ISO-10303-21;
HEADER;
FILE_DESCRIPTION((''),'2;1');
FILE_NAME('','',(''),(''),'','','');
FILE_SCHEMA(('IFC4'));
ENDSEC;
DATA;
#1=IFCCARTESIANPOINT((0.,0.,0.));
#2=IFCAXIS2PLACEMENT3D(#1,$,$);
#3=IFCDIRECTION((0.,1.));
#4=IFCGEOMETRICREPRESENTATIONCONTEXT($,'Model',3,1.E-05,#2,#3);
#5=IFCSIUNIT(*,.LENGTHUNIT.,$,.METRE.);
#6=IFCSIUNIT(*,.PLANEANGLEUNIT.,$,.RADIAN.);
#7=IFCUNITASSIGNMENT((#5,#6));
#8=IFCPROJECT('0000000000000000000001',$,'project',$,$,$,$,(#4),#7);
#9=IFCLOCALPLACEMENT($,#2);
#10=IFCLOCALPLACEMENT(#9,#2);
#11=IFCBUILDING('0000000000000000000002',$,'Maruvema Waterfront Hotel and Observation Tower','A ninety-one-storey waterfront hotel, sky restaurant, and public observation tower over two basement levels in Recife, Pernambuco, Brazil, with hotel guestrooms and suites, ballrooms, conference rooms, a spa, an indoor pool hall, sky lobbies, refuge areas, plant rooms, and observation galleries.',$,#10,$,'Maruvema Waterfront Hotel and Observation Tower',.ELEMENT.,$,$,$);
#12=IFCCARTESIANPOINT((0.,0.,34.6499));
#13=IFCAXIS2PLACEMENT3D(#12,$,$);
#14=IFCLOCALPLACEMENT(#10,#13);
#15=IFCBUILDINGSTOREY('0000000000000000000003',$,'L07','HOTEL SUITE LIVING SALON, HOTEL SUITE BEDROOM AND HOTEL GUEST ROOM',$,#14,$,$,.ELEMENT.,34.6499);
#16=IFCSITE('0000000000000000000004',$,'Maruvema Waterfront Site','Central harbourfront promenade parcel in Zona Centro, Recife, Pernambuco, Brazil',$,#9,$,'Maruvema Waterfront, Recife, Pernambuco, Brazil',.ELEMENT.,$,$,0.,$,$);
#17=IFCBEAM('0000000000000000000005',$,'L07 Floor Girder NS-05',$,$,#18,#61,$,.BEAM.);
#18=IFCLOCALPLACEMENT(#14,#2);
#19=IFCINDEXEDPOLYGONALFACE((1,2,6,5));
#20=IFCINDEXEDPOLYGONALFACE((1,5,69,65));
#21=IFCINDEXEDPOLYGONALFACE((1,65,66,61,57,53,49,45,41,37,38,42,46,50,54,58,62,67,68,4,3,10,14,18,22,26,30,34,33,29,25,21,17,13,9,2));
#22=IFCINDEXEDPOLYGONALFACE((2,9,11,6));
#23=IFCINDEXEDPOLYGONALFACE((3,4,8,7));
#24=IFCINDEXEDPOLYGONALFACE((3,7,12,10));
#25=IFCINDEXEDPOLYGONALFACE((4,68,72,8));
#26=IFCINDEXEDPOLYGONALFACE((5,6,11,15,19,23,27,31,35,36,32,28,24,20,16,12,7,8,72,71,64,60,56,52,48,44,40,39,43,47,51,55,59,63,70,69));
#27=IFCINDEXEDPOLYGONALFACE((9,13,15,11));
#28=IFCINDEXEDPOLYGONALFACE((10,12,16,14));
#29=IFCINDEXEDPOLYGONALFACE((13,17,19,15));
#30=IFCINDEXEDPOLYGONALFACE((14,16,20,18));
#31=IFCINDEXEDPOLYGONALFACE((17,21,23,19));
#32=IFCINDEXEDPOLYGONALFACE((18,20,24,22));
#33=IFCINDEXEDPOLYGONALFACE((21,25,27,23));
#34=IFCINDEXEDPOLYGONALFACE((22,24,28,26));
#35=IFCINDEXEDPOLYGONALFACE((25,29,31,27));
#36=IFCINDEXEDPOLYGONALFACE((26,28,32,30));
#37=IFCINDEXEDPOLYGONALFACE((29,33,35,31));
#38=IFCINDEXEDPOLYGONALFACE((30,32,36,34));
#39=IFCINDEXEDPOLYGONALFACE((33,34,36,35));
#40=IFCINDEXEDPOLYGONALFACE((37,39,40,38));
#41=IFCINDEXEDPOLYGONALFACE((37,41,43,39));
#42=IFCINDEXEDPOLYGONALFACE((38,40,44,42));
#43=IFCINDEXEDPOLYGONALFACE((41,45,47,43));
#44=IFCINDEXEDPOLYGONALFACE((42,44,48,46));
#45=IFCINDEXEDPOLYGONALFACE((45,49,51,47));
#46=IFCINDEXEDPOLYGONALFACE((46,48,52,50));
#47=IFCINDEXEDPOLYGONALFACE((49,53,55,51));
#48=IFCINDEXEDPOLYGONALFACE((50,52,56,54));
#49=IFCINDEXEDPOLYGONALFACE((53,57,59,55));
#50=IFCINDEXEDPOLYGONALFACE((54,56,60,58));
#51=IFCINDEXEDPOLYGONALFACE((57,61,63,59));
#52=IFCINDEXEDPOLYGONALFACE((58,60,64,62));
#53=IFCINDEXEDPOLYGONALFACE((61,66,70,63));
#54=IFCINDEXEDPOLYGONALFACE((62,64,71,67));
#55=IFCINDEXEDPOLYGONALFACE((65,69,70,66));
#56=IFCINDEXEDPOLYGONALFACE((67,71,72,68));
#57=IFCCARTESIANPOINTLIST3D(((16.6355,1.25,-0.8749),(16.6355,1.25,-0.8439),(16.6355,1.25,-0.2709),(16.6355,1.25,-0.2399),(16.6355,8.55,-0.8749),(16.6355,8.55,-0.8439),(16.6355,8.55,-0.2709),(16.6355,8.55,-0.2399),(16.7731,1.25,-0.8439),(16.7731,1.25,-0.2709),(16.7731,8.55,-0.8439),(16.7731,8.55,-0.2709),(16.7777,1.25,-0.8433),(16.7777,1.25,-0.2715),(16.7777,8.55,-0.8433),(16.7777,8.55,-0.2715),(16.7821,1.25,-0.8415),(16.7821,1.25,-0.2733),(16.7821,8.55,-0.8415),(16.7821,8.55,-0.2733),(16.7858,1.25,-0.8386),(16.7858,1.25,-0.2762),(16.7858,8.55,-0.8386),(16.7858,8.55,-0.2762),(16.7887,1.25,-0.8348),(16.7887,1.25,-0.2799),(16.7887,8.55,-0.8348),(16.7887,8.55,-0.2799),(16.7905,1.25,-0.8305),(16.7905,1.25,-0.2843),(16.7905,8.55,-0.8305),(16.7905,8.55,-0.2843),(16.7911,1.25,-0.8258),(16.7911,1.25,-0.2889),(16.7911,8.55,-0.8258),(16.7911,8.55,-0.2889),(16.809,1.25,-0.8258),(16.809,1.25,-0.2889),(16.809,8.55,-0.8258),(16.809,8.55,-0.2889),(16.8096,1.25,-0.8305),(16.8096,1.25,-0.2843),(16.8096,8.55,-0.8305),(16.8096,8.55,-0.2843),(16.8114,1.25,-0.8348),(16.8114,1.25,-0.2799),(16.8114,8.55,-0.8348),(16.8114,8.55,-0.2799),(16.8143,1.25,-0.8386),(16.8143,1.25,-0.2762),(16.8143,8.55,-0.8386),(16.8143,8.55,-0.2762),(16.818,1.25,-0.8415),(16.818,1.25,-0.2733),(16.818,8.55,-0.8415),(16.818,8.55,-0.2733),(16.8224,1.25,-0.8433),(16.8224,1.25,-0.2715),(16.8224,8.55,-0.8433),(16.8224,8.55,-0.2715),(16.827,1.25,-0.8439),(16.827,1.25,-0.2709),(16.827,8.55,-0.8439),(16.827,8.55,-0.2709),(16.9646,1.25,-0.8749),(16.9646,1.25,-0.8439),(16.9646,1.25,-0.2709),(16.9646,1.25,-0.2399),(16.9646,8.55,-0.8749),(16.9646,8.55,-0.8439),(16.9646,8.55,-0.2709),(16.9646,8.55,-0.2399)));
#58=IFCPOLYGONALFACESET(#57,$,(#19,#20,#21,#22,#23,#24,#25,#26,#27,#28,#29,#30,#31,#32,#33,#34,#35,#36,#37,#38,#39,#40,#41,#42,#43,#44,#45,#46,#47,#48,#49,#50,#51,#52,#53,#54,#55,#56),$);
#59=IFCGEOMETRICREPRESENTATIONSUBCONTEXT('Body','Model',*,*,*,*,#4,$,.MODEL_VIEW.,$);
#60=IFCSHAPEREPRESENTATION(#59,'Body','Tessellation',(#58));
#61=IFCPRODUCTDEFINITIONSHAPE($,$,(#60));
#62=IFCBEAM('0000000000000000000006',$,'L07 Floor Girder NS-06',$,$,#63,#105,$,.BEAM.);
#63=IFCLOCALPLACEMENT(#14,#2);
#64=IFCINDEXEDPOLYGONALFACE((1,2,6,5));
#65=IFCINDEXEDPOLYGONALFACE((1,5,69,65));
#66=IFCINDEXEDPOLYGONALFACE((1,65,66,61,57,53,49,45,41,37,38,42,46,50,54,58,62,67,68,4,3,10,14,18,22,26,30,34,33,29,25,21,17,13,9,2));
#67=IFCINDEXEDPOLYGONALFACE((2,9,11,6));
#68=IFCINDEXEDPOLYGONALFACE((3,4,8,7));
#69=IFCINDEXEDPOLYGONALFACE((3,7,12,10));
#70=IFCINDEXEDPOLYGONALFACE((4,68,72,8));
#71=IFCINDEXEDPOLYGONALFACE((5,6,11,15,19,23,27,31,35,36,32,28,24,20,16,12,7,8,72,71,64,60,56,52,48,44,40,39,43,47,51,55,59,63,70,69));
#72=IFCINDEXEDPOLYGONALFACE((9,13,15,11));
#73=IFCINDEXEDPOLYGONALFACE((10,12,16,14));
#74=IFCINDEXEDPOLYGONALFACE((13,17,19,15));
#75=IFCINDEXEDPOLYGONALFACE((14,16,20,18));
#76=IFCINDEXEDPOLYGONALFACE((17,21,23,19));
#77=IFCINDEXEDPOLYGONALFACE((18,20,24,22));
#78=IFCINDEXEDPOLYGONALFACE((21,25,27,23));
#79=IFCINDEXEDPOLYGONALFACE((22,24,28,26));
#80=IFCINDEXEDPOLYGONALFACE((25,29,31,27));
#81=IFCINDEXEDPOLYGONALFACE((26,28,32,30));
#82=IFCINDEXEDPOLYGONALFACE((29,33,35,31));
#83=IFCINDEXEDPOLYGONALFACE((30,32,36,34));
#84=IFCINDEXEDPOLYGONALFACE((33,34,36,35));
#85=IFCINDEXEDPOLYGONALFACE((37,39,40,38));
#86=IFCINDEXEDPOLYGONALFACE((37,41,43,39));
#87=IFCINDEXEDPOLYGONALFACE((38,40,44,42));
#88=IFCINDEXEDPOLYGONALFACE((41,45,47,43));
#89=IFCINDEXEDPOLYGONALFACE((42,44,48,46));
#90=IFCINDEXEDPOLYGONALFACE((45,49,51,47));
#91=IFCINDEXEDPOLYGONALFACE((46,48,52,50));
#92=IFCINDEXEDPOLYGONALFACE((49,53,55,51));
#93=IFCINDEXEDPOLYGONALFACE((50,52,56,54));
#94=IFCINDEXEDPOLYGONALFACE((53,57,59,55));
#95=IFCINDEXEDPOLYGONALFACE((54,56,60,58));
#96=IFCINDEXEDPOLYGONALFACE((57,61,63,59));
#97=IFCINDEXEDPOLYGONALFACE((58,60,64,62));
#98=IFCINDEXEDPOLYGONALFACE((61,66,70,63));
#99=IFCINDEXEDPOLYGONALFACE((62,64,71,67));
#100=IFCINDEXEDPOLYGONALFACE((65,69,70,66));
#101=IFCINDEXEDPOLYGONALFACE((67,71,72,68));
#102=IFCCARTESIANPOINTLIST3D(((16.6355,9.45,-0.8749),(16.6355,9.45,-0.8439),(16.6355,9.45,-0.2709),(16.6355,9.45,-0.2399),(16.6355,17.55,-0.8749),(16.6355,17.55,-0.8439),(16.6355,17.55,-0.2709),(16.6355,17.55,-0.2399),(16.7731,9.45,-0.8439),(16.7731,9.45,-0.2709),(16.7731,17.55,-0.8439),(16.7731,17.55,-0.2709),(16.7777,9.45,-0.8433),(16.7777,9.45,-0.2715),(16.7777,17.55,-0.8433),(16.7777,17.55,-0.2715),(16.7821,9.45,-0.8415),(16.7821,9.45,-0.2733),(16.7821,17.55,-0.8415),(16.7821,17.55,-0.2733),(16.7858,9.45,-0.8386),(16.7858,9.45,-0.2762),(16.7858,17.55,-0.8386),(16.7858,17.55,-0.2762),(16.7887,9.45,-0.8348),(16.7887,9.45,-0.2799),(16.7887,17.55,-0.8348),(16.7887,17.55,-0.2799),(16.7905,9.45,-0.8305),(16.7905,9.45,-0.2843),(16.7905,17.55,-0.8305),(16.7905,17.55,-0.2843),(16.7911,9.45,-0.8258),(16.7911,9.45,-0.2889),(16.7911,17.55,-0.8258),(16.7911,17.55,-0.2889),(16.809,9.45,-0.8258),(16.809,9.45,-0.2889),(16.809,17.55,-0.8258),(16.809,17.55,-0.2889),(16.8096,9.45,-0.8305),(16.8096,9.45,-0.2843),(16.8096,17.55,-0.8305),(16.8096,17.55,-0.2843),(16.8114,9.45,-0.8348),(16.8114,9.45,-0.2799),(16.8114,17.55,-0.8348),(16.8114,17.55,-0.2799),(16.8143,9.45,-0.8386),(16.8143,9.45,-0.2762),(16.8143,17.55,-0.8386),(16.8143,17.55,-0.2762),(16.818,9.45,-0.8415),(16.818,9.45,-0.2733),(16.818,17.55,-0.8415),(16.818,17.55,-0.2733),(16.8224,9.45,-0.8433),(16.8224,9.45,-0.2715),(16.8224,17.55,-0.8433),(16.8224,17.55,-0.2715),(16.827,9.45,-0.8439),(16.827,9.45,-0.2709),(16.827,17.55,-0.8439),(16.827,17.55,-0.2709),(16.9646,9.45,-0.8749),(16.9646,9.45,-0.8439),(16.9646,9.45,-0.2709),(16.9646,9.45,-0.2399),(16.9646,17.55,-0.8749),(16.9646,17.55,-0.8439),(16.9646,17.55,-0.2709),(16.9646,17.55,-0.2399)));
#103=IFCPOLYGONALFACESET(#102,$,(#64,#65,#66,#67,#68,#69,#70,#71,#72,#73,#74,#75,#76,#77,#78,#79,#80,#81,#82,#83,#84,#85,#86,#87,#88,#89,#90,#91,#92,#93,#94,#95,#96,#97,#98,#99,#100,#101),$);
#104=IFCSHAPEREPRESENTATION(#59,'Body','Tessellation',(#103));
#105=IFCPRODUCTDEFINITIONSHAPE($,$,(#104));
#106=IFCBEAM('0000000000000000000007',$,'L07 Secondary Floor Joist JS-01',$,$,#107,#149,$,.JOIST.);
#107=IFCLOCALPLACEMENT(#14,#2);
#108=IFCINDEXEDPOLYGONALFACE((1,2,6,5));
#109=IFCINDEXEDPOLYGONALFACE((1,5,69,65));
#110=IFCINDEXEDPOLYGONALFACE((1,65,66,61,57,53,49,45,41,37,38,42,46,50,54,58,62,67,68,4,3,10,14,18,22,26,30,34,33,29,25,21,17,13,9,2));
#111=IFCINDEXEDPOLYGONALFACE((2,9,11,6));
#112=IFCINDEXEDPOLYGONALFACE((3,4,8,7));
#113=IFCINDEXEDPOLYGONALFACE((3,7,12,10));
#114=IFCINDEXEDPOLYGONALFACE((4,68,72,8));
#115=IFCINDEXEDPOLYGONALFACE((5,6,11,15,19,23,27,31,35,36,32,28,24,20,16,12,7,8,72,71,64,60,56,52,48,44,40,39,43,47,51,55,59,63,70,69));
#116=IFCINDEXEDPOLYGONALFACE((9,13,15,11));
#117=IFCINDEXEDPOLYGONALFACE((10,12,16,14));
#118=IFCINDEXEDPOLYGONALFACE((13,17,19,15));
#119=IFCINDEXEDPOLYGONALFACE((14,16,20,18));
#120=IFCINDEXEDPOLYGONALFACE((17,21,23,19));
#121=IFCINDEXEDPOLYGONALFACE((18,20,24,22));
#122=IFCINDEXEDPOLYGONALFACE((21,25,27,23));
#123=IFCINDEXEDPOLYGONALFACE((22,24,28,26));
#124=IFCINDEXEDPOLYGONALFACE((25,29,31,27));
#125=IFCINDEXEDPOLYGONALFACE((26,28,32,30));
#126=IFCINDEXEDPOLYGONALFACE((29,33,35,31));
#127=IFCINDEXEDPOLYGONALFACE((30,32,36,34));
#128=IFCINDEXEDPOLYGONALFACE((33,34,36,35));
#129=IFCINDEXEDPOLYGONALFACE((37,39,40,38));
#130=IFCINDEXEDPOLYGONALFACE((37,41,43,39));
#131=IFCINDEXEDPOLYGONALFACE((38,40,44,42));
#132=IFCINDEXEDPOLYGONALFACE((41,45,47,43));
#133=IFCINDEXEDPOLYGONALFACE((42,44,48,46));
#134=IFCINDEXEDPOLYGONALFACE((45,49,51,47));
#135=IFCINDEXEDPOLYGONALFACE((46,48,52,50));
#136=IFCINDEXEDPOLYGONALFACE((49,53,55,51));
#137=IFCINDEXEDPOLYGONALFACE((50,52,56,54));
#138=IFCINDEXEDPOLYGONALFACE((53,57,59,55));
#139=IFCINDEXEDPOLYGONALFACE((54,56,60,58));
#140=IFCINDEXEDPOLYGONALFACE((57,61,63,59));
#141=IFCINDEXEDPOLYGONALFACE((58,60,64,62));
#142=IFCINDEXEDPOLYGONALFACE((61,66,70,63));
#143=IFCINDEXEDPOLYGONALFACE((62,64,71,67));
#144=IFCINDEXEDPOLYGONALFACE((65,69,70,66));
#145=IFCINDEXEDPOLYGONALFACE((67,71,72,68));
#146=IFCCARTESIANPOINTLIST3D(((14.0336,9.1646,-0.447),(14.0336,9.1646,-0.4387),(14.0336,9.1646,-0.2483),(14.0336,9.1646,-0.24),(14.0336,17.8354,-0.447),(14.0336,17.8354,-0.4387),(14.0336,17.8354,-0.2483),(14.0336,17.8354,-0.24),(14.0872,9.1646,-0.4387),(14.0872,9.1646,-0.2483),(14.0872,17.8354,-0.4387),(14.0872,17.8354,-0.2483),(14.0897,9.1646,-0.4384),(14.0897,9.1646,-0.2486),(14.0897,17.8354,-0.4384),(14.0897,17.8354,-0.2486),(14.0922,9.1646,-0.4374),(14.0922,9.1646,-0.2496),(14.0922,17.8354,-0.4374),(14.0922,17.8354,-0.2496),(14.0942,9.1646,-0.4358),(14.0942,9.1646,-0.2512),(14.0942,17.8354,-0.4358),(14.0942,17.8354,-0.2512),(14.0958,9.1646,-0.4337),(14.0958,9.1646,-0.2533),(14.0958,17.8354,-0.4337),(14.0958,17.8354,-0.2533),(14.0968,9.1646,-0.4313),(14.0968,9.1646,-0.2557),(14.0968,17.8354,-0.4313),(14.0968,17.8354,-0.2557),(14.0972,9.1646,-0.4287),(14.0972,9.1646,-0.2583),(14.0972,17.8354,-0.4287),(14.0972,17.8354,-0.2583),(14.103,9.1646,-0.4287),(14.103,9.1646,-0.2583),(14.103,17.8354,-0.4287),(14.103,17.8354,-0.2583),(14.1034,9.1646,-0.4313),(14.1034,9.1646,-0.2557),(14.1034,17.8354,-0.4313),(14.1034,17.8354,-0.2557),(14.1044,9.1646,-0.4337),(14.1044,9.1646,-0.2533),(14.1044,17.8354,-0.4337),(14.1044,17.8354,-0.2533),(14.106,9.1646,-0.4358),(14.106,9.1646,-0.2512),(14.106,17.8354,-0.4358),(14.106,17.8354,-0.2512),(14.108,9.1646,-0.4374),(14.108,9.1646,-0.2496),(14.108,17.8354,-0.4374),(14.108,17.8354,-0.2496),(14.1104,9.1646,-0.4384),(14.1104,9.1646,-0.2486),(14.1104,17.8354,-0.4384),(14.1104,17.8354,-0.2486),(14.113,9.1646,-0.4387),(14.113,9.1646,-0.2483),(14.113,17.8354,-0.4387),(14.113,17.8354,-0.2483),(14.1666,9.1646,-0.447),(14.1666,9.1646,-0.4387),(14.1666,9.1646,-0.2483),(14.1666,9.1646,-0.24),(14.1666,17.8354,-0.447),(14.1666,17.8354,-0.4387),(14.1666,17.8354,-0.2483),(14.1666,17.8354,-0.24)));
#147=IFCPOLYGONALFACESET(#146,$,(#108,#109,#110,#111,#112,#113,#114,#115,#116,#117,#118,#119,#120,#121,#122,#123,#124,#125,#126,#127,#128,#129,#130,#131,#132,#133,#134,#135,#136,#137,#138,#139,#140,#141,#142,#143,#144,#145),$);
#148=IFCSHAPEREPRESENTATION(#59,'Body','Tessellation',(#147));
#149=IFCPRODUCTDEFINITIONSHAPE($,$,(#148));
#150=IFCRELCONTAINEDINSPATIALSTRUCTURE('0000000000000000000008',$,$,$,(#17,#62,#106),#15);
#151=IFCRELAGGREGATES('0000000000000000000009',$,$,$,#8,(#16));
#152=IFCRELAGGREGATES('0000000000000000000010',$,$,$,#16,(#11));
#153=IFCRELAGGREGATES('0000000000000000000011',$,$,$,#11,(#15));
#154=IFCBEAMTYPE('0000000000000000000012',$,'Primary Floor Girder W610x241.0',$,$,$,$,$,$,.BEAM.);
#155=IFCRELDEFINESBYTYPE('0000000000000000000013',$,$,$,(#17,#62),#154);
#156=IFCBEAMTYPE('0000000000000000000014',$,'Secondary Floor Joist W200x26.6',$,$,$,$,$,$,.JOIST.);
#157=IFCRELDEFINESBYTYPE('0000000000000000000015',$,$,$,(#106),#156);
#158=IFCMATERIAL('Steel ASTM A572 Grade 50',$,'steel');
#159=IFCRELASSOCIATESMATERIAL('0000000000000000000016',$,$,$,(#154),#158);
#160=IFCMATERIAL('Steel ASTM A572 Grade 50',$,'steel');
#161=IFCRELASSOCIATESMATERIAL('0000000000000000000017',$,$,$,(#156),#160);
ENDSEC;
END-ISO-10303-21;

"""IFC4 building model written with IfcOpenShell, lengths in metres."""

from ifc_helpers import new_model, si_unit, direction, frame, origin, origin_2d, place, context, subcontext, project, spatial, i_section, extrude, material, material_profile, profile_set, type_object, element, save


model = new_model("IFC4")

# Units and contexts
model_context = context("Model", 3, precision=1e-05, world=origin(), true_north=direction((0.0, 1.0)))
body_context = subcontext(model_context, "Body", "Model", "MODEL_VIEW")
ifc_project = project(units=[si_unit("LENGTHUNIT", "METRE"), si_unit("PLANEANGLEUNIT", "RADIAN")], contexts=[model_context])

# Site, building, storey
site_placement = place(None, origin())
site = spatial("IfcSite", under=ifc_project, at=site_placement, Name="Maruvema Waterfront Site", Description="Central harbourfront promenade parcel in Zona Centro, Recife, Pernambuco, Brazil", LongName="Maruvema Waterfront, Recife, Pernambuco, Brazil", CompositionType="ELEMENT", RefElevation=0.0)
building_placement = place(site_placement, origin())
building = spatial("IfcBuilding", under=site, at=building_placement, Name="Maruvema Waterfront Hotel and Observation Tower", Description="A ninety-one-storey waterfront hotel, sky restaurant, and public observation tower over two basement levels in Recife, Pernambuco, Brazil, with hotel guestrooms and suites, ballrooms, conference rooms, a spa, an indoor pool hall, sky lobbies, refuge areas, plant rooms, and observation galleries.", LongName="Maruvema Waterfront Hotel and Observation Tower", CompositionType="ELEMENT")
storey_placement = place(building_placement, frame((0.0, 0.0, 34.6499)))
storey = spatial("IfcBuildingStorey", under=building, at=storey_placement, Name="L07", Description="HOTEL SUITE LIVING SALON, HOTEL SUITE BEDROOM AND HOTEL GUEST ROOM", CompositionType="ELEMENT", Elevation=34.6499)

# Beams
ifc_material_1 = material(Name="Steel ASTM A572 Grade 50", Category="steel")
ifc_material_profile_1 = material_profile(ifc_material_1, i_section(OverallWidth=0.3291, OverallDepth=0.635, WebThickness=0.0178, FlangeThickness=0.031, FilletRadius=0.0181, at=origin_2d()), Name="W610x241.0")
ifc_profile_set_1 = profile_set([ifc_material_profile_1], Name="Steel ASTM A572 Grade 50")
beam_type_1 = type_object("IfcBeamType", Name="Primary Floor Girder W610x241.0", PredefinedType="BEAM", material=ifc_profile_set_1)
beam_1_placement = place(storey_placement, frame((16.8, 1.25, -0.5574), z_axis=(0.0, 1.0, 0.0), x_axis=(-1.0, 0.0, 0.0)))
element("IfcBeam", 1, at=beam_1_placement, inside=storey, type_object=beam_type_1, Name="L07 Floor Girder NS-05", PredefinedType="BEAM", context=body_context, shape_type="SweptSolid", body=[
    extrude(i_section(OverallWidth=0.3291, OverallDepth=0.635, WebThickness=0.0178, FlangeThickness=0.031, FilletRadius=0.0181, at=origin_2d()), origin(), (0.0, 0.0, 1.0), 7.3),
])
beam_2_placement = place(storey_placement, frame((16.8, 9.45, -0.5574), z_axis=(0.0, 1.0, 0.0), x_axis=(-1.0, 0.0, 0.0)))
element("IfcBeam", 2, at=beam_2_placement, inside=storey, type_object=beam_type_1, Name="L07 Floor Girder NS-06", PredefinedType="BEAM", context=body_context, shape_type="SweptSolid", body=[
    extrude(i_section(OverallWidth=0.3291, OverallDepth=0.635, WebThickness=0.0178, FlangeThickness=0.031, FilletRadius=0.0181, at=origin_2d()), origin(), (0.0, 0.0, 1.0), 8.1001),
])
ifc_material_2 = material(Name="Steel ASTM A572 Grade 50", Category="steel")
ifc_material_profile_2 = material_profile(ifc_material_2, i_section(OverallWidth=0.1331, OverallDepth=0.207, WebThickness=0.0059, FlangeThickness=0.0083, FilletRadius=0.01, at=origin_2d()), Name="W200x26.6")
ifc_profile_set_2 = profile_set([ifc_material_profile_2], Name="Steel ASTM A572 Grade 50")
beam_type_2 = type_object("IfcBeamType", Name="Secondary Floor Joist W200x26.6", PredefinedType="JOIST", material=ifc_profile_set_2)
beam_3_placement = place(storey_placement, frame((14.1001, 9.1646, -0.3435), z_axis=(0.0, 1.0, 0.0), x_axis=(-1.0, 0.0, 0.0)))
element("IfcBeam", 3, at=beam_3_placement, inside=storey, type_object=beam_type_2, Name="L07 Secondary Floor Joist JS-01", PredefinedType="JOIST", context=body_context, shape_type="SweptSolid", body=[
    extrude(i_section(OverallWidth=0.1331, OverallDepth=0.207, WebThickness=0.0059, FlangeThickness=0.0083, FilletRadius=0.01, at=origin_2d()), origin(), (0.0, 0.0, 1.0), 8.6709),
])

save(model, "model.ifc")
